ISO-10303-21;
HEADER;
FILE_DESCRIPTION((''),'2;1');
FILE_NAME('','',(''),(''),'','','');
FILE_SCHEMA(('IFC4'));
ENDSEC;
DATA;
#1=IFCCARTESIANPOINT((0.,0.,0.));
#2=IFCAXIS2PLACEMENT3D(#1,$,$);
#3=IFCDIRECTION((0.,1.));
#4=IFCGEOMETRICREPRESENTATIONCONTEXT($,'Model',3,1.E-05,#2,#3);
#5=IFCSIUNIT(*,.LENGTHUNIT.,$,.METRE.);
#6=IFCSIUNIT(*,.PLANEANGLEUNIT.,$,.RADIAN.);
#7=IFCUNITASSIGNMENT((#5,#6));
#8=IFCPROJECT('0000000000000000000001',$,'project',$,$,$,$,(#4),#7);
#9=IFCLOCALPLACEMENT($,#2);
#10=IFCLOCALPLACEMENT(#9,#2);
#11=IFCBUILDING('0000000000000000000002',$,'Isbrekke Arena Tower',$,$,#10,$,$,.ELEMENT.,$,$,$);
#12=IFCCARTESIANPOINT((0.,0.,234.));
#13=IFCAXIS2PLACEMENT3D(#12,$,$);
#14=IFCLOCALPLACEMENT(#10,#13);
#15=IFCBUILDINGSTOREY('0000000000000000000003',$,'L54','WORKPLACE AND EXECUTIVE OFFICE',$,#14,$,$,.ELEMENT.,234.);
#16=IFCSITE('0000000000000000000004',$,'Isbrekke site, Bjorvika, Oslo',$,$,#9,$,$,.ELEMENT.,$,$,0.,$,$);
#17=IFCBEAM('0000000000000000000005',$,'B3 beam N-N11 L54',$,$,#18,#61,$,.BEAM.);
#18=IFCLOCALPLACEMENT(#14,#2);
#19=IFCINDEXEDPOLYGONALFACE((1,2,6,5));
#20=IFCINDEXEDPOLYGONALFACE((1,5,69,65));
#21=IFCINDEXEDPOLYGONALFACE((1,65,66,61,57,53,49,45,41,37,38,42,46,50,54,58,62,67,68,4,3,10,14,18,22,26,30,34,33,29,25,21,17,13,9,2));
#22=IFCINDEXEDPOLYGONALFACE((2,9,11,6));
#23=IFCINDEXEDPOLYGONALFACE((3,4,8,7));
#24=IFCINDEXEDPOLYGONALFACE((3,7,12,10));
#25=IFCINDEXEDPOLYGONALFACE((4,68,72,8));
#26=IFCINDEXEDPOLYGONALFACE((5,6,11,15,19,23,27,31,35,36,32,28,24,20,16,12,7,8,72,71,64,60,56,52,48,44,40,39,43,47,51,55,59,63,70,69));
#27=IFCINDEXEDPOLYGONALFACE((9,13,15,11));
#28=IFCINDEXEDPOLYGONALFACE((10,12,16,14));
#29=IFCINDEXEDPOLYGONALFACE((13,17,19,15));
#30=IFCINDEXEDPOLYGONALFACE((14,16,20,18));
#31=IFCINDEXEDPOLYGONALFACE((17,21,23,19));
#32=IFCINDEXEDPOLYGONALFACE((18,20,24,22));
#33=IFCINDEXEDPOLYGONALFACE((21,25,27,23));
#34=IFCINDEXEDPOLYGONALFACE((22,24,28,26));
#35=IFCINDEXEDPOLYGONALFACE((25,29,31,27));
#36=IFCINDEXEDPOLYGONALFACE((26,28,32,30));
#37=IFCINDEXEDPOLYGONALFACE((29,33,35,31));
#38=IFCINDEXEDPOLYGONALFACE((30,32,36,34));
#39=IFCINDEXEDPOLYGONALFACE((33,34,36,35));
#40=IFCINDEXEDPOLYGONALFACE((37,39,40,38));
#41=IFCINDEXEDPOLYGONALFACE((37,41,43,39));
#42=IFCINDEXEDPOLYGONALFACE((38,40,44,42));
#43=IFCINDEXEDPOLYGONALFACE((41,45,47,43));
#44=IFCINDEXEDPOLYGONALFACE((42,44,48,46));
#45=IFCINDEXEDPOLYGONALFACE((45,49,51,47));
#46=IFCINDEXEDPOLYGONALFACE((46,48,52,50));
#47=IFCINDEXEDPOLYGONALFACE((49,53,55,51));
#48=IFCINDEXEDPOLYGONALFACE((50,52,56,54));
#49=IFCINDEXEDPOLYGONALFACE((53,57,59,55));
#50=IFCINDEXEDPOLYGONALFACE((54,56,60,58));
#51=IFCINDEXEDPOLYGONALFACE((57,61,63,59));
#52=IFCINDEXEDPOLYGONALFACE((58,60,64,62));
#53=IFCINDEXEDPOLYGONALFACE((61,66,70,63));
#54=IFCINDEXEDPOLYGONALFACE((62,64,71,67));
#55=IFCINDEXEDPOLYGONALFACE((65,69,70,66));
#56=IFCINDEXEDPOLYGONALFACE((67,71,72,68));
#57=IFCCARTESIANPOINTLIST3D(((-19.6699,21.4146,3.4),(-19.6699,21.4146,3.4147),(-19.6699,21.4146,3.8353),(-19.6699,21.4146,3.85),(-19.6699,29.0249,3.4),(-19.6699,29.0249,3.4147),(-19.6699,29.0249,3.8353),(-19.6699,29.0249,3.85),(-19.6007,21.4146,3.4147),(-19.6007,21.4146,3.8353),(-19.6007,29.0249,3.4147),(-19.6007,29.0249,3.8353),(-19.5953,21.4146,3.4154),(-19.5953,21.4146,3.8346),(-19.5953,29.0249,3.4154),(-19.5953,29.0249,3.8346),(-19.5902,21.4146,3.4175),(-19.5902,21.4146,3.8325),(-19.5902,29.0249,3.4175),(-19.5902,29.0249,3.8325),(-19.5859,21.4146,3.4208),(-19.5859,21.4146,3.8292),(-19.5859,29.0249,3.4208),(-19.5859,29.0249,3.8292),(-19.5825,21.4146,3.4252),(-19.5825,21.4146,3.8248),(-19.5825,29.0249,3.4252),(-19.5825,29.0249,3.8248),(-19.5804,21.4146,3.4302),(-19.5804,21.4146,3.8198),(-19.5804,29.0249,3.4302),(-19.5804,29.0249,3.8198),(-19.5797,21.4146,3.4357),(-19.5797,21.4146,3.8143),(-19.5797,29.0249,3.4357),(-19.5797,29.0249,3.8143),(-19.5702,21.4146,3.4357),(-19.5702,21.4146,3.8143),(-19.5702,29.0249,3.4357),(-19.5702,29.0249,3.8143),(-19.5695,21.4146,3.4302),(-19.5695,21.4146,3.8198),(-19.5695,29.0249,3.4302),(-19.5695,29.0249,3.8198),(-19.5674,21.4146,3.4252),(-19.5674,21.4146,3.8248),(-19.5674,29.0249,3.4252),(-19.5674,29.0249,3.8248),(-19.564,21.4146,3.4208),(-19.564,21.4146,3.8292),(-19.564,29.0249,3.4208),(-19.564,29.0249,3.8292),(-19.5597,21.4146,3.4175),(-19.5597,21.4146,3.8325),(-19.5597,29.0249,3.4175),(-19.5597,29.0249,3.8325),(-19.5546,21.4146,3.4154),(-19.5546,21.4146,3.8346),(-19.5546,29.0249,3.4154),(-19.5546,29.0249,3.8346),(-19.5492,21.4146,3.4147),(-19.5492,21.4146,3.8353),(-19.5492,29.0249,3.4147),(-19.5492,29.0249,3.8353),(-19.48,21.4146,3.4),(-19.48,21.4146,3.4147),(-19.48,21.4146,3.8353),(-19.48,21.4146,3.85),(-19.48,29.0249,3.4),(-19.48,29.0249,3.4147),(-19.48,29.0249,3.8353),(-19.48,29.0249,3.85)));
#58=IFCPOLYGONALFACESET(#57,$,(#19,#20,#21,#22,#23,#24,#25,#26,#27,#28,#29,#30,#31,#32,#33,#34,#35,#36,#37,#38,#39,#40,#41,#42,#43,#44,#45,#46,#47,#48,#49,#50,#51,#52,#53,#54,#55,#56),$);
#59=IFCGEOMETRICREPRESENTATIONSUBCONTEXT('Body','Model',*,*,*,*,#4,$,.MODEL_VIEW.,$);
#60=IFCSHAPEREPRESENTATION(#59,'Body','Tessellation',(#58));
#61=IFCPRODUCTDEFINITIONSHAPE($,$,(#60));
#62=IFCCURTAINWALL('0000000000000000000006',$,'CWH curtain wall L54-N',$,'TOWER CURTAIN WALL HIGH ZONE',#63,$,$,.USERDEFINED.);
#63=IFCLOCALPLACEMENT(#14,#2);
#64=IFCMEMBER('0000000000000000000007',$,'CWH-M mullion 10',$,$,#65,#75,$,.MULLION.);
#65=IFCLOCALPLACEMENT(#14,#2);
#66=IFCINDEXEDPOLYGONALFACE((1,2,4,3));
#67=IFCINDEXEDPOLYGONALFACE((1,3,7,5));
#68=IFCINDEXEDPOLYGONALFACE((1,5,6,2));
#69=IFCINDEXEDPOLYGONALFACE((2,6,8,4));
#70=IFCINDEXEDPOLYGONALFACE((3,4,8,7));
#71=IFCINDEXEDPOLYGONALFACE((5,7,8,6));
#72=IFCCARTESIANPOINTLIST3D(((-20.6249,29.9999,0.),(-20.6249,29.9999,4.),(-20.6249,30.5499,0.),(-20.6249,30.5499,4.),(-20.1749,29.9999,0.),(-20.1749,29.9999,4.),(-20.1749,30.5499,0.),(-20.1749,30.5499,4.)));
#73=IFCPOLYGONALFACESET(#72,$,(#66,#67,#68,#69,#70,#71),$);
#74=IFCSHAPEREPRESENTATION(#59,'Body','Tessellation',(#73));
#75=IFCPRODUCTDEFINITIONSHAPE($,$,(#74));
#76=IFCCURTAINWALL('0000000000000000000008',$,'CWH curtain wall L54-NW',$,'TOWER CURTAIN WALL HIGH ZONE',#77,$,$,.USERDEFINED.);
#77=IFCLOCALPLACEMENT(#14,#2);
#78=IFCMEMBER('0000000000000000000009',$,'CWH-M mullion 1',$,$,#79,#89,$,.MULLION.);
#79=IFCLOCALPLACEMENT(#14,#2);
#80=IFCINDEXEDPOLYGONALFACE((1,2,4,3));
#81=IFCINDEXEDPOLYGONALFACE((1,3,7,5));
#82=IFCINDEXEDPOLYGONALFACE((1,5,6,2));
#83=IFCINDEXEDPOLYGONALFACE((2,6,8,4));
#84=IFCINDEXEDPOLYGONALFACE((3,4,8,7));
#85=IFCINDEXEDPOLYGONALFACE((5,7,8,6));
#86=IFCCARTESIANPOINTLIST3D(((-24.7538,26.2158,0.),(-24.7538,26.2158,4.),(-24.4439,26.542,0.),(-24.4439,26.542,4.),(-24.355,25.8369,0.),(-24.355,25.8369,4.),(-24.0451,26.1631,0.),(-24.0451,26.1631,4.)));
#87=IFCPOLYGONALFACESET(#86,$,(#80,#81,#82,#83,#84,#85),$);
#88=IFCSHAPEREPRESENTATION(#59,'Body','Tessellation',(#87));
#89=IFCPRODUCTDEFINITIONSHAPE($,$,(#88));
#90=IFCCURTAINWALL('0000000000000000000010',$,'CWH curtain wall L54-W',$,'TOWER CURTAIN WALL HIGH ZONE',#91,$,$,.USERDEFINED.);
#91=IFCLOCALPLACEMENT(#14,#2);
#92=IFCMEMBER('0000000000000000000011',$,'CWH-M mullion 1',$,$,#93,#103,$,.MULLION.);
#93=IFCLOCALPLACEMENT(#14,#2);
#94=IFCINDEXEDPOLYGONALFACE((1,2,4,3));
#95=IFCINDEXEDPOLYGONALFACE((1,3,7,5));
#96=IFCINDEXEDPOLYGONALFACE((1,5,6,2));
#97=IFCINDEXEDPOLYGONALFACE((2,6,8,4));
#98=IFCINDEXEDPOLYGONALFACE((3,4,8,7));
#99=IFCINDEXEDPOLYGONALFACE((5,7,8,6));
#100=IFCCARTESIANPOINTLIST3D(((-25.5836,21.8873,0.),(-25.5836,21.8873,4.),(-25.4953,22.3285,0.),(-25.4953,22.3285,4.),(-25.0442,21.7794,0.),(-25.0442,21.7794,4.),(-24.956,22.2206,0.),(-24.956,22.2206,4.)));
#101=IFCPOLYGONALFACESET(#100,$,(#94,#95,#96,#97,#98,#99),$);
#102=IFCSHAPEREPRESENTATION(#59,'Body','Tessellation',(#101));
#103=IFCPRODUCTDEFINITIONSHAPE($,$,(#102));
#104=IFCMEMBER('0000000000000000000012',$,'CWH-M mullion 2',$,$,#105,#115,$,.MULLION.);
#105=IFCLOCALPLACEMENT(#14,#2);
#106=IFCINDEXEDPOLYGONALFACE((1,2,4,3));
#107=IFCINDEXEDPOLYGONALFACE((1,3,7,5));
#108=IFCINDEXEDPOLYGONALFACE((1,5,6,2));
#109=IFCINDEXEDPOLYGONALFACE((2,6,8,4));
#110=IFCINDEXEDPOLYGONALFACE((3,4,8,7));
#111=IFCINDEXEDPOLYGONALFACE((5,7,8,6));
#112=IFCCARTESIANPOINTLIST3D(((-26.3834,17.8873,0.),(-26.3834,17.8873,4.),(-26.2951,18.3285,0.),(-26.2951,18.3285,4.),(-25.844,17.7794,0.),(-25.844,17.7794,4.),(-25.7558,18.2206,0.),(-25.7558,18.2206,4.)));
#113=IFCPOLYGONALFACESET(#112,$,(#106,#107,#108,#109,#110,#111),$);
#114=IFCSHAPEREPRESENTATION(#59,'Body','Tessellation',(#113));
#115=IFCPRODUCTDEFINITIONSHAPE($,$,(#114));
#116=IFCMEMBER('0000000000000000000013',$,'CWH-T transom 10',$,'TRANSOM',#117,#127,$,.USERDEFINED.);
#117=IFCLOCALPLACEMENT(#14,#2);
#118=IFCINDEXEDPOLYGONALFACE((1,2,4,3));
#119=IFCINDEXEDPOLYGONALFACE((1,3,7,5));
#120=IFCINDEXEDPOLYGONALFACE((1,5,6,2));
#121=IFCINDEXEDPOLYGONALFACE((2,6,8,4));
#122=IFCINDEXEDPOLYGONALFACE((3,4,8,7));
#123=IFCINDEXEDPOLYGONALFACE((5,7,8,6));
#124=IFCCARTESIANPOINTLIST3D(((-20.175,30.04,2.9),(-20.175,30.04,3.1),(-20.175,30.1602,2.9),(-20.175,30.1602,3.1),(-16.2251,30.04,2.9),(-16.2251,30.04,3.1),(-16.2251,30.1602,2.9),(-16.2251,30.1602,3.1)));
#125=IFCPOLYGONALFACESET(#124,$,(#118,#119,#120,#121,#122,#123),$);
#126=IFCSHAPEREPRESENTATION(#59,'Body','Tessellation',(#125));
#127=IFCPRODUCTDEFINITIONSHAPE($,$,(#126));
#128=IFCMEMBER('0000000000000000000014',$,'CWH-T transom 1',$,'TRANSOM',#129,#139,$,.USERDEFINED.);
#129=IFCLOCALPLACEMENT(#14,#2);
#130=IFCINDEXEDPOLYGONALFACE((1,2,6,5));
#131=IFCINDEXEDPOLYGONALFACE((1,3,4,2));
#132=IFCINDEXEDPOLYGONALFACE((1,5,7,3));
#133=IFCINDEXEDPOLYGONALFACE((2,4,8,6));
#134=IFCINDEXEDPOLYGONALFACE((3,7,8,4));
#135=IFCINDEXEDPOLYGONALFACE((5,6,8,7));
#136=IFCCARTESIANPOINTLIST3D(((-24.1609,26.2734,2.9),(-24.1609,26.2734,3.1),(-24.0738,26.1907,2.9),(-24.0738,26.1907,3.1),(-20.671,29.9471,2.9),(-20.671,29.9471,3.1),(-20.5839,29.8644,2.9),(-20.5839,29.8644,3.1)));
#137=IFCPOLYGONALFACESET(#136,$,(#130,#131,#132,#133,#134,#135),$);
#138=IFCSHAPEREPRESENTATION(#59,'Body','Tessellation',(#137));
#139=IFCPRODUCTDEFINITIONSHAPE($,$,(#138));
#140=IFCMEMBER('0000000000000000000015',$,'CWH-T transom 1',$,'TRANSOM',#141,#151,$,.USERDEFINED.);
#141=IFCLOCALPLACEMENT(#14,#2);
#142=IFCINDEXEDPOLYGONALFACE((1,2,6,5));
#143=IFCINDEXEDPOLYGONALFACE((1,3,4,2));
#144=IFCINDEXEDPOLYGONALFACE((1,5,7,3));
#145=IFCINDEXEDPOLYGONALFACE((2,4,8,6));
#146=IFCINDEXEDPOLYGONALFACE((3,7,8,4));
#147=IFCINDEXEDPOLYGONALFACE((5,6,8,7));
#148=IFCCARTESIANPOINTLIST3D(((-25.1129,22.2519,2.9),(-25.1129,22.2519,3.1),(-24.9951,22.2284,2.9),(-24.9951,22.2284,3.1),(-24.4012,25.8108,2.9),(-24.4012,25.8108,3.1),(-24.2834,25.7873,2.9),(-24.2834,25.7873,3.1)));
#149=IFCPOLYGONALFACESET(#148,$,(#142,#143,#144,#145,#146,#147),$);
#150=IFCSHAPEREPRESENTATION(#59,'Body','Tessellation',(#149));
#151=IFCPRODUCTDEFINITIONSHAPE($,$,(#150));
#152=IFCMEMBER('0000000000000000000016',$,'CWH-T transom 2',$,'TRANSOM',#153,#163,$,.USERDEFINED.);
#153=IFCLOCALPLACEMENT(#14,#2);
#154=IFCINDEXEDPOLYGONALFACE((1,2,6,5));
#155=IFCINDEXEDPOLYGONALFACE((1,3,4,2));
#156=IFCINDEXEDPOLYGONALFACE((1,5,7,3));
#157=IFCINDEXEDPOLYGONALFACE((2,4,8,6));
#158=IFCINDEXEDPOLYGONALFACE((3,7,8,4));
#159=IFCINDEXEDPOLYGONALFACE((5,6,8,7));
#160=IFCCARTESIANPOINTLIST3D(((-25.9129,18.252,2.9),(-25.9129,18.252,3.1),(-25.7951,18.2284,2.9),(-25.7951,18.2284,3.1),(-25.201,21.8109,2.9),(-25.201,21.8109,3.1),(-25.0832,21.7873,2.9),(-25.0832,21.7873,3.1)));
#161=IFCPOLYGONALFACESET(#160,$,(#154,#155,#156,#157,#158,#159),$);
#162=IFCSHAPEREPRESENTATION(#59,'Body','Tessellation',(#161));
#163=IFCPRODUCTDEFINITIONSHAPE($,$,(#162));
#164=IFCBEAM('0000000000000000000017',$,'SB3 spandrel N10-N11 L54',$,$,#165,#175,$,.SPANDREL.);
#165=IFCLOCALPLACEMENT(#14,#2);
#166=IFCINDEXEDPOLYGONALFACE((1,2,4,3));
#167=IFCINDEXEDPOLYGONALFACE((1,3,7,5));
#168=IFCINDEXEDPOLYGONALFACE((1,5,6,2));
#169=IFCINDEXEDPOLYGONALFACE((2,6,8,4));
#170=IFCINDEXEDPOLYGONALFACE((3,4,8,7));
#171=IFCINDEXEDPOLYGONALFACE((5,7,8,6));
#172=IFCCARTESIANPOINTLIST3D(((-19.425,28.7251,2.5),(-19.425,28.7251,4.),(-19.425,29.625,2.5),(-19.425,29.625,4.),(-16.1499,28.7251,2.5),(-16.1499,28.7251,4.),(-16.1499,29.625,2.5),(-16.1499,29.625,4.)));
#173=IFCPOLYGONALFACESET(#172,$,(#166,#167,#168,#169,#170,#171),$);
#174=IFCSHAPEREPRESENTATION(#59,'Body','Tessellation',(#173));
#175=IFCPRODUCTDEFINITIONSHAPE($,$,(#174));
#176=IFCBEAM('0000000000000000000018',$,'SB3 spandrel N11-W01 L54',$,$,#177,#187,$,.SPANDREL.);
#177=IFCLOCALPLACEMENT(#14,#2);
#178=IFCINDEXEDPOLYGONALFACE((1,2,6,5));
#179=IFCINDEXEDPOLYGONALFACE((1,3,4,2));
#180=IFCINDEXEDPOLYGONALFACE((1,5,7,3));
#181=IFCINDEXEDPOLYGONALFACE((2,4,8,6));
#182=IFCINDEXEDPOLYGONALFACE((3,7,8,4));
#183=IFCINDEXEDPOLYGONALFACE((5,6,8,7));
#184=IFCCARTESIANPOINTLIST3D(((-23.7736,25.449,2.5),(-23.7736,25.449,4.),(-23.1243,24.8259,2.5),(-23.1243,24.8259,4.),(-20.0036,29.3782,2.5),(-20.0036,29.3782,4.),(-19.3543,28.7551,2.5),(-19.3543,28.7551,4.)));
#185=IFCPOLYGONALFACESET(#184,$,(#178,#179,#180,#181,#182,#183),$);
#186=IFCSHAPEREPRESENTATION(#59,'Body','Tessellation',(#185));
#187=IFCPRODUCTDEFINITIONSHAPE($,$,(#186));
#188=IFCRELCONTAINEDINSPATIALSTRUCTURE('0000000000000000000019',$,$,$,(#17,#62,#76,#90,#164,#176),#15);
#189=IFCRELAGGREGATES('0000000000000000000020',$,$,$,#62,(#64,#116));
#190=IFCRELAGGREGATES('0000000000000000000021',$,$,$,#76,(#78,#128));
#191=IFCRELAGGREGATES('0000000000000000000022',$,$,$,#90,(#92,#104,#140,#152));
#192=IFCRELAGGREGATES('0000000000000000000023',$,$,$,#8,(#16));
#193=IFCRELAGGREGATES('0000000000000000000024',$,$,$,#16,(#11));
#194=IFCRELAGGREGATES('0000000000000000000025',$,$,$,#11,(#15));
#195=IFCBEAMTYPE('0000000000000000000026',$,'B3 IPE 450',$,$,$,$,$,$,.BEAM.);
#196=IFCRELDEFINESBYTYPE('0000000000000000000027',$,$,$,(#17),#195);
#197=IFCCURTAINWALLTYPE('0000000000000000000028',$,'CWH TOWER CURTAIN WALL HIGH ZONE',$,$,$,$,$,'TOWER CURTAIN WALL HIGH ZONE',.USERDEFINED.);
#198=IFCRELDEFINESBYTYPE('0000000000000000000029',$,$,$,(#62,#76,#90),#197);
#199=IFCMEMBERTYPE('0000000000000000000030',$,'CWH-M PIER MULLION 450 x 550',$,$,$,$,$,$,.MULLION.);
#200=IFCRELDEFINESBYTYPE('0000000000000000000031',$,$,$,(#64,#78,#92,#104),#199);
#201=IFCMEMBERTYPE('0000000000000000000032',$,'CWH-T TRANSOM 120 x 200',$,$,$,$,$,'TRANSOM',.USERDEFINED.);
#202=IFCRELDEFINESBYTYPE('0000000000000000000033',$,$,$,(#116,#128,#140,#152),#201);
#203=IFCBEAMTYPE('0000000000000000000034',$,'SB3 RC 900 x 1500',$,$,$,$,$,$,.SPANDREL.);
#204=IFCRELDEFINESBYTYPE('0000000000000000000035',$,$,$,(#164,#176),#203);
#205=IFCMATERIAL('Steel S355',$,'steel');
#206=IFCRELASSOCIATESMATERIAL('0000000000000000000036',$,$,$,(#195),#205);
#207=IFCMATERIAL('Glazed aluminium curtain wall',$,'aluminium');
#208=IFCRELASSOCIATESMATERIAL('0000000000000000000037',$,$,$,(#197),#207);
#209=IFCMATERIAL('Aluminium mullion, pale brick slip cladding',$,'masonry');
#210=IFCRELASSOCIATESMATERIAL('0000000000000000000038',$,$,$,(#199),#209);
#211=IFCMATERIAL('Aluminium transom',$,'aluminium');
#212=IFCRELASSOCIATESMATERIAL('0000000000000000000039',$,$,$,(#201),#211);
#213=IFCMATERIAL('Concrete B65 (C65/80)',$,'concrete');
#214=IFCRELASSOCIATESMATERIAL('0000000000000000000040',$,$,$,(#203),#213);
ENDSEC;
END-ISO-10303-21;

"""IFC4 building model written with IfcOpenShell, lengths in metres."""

from ifc_helpers import new_model, si_unit, direction, frame, origin, origin_2d, place, context, subcontext, project, spatial, rectangle, i_section, extrude, material, material_profile, profile_set, type_object, element, aggregate, save


model = new_model("IFC4")

# Units and contexts
model_context = context("Model", 3, precision=1e-05, world=origin(), true_north=direction((0.0, 1.0)))
body_context = subcontext(model_context, "Body", "Model", "MODEL_VIEW")
ifc_project = project(units=[si_unit("LENGTHUNIT", "METRE"), si_unit("PLANEANGLEUNIT", "RADIAN")], contexts=[model_context])

# Site, building, storey
site_placement = place(None, origin())
site = spatial("IfcSite", under=ifc_project, at=site_placement, Name="Isbrekke site, Bjorvika, Oslo", CompositionType="ELEMENT", RefElevation=0.0)
building_placement = place(site_placement, origin())
building = spatial("IfcBuilding", under=site, at=building_placement, Name="Isbrekke Arena Tower", CompositionType="ELEMENT")
storey_placement = place(building_placement, frame((0.0, 0.0, 234.0)))
storey = spatial("IfcBuildingStorey", under=building, at=storey_placement, Name="L54", Description="WORKPLACE AND EXECUTIVE OFFICE", CompositionType="ELEMENT", Elevation=234.0)

# Beam
ifc_material_1 = material(Name="Steel S355", Category="steel")
ifc_material_profile_1 = material_profile(ifc_material_1, i_section(OverallWidth=0.1899, OverallDepth=0.45, WebThickness=0.0095, FlangeThickness=0.0146, FilletRadius=0.021, at=origin_2d()), Name="IPE 450")
ifc_profile_set_1 = profile_set([ifc_material_profile_1], Name="Steel S355")
beam_type_1 = type_object("IfcBeamType", Name="B3 IPE 450", PredefinedType="BEAM", material=ifc_profile_set_1)
beam_1_placement = place(storey_placement, frame((-19.575, 29.0249, 3.625), z_axis=(0.0, -1.0, 0.0), x_axis=(1.0, 0.0, 0.0)))
element("IfcBeam", 1, at=beam_1_placement, inside=storey, type_object=beam_type_1, Name="B3 beam N-N11 L54", PredefinedType="BEAM", context=body_context, shape_type="SweptSolid", body=[
    extrude(i_section(OverallWidth=0.1899, OverallDepth=0.45, WebThickness=0.0095, FlangeThickness=0.0146, FilletRadius=0.021, at=origin_2d()), origin(), (0.0, 0.0, 1.0), 7.6104),
])

# Curtain walls, members
ifc_material_2 = material(Name="Glazed aluminium curtain wall", Category="aluminium")
curtain_wall_type = type_object("IfcCurtainWallType", Name="CWH TOWER CURTAIN WALL HIGH ZONE", ElementType="TOWER CURTAIN WALL HIGH ZONE", PredefinedType="USERDEFINED", material=ifc_material_2)
curtain_wall_1_placement = place(storey_placement, origin())
curtain_wall_1 = element("IfcCurtainWall", 2, at=curtain_wall_1_placement, inside=storey, type_object=curtain_wall_type, Name="CWH curtain wall L54-N", ObjectType="TOWER CURTAIN WALL HIGH ZONE", PredefinedType="USERDEFINED")
ifc_material_3 = material(Name="Aluminium mullion, pale brick slip cladding", Category="masonry")
ifc_material_profile_2 = material_profile(ifc_material_3, rectangle(XDim=0.45, YDim=0.55, at=origin_2d()), Name="PIER 450X550")
ifc_profile_set_2 = profile_set([ifc_material_profile_2], Name="Aluminium mullion, pale brick slip cladding")
member_type_1 = type_object("IfcMemberType", Name="CWH-M PIER MULLION 450 x 550", PredefinedType="MULLION", material=ifc_profile_set_2)
member_1_placement = place(storey_placement, frame((-20.3999, 30.2749, 0.0), z_axis=(0.0, 0.0, 1.0), x_axis=(-1.0, 0.0, 0.0)))
member_1 = element("IfcMember", 3, at=member_1_placement, type_object=member_type_1, Name="CWH-M mullion 10", PredefinedType="MULLION", context=body_context, shape_type="SweptSolid", body=[
    extrude(rectangle(XDim=0.45, YDim=0.55, at=origin_2d()), origin(), (0.0, 0.0, 1.0), 4.0),
])
curtain_wall_2_placement = place(storey_placement, origin())
curtain_wall_2 = element("IfcCurtainWall", 4, at=curtain_wall_2_placement, inside=storey, type_object=curtain_wall_type, Name="CWH curtain wall L54-NW", ObjectType="TOWER CURTAIN WALL HIGH ZONE", PredefinedType="USERDEFINED")
member_2_placement = place(storey_placement, frame((-24.3994, 26.1895, 0.0), z_axis=(0.0, 0.0, 1.0), x_axis=(-0.688749, -0.724999, 0.0)))
member_2 = element("IfcMember", 5, at=member_2_placement, type_object=member_type_1, Name="CWH-M mullion 1", PredefinedType="MULLION", context=body_context, shape_type="SweptSolid", body=[
    extrude(rectangle(XDim=0.45, YDim=0.55, at=origin_2d()), origin(), (0.0, 0.0, 1.0), 4.0),
])

# Curtain wall, members
curtain_wall_3_placement = place(storey_placement, origin())
curtain_wall_3 = element("IfcCurtainWall", 6, at=curtain_wall_3_placement, inside=storey, type_object=curtain_wall_type, Name="CWH curtain wall L54-W", ObjectType="TOWER CURTAIN WALL HIGH ZONE", PredefinedType="USERDEFINED")
member_3_placement = place(storey_placement, frame((-25.2698, 22.054, 0.0), z_axis=(0.0, 0.0, 1.0), x_axis=(-0.196116, -0.980581, 0.0)))
member_3 = element("IfcMember", 7, at=member_3_placement, type_object=member_type_1, Name="CWH-M mullion 1", PredefinedType="MULLION", context=body_context, shape_type="SweptSolid", body=[
    extrude(rectangle(XDim=0.45, YDim=0.55, at=origin_2d()), origin(), (0.0, 0.0, 1.0), 4.0),
])
member_4_placement = place(storey_placement, frame((-26.0696, 18.054, 0.0), z_axis=(0.0, 0.0, 1.0), x_axis=(-0.196116, -0.980581, 0.0)))
member_4 = element("IfcMember", 8, at=member_4_placement, type_object=member_type_1, Name="CWH-M mullion 2", PredefinedType="MULLION", context=body_context, shape_type="SweptSolid", body=[
    extrude(rectangle(XDim=0.45, YDim=0.55, at=origin_2d()), origin(), (0.0, 0.0, 1.0), 4.0),
])

# Members
ifc_material_4 = material(Name="Aluminium transom", Category="aluminium")
ifc_material_profile_3 = material_profile(ifc_material_4, rectangle(XDim=0.1201, YDim=0.2, at=origin_2d()), Name="TRANSOM 120X200")
ifc_profile_set_3 = profile_set([ifc_material_profile_3], Name="Aluminium transom")
member_type_2 = type_object("IfcMemberType", Name="CWH-T TRANSOM 120 x 200", ElementType="TRANSOM", PredefinedType="USERDEFINED", material=ifc_profile_set_3)
member_5_placement = place(storey_placement, frame((-16.2251, 30.1001, 3.0), z_axis=(-1.0, 0.0, 0.0), x_axis=(0.0, -1.0, 0.0)))
member_5 = element("IfcMember", 9, at=member_5_placement, type_object=member_type_2, Name="CWH-T transom 10", ObjectType="TRANSOM", PredefinedType="USERDEFINED", context=body_context, shape_type="SweptSolid", body=[
    extrude(rectangle(XDim=0.1201, YDim=0.2, at=origin_2d()), origin(), (0.0, 0.0, 1.0), 3.95),
])
member_6_placement = place(storey_placement, frame((-20.6274, 29.9058, 3.0), z_axis=(-0.688734, -0.725014, 0.0), x_axis=(0.725014, -0.688734, 0.0)))
member_6 = element("IfcMember", 10, at=member_6_placement, type_object=member_type_2, Name="CWH-T transom 1", ObjectType="TRANSOM", PredefinedType="USERDEFINED", context=body_context, shape_type="SweptSolid", body=[
    extrude(rectangle(XDim=0.1201, YDim=0.2, at=origin_2d()), origin(), (0.0, 0.0, 1.0), 5.0671),
])
member_7_placement = place(storey_placement, frame((-24.3423, 25.7991, 3.0), z_axis=(-0.19609, -0.980586, 0.0), x_axis=(0.980586, -0.19609, 0.0)))
member_7 = element("IfcMember", 11, at=member_7_placement, type_object=member_type_2, Name="CWH-T transom 1", ObjectType="TRANSOM", PredefinedType="USERDEFINED", context=body_context, shape_type="SweptSolid", body=[
    extrude(rectangle(XDim=0.1201, YDim=0.2, at=origin_2d()), origin(), (0.0, 0.0, 1.0), 3.6294),
])
member_8_placement = place(storey_placement, frame((-25.1421, 21.7991, 3.0), z_axis=(-0.196155, -0.980573, 0.0), x_axis=(0.980573, -0.196155, 0.0)))
member_8 = element("IfcMember", 12, at=member_8_placement, type_object=member_type_2, Name="CWH-T transom 2", ObjectType="TRANSOM", PredefinedType="USERDEFINED", context=body_context, shape_type="SweptSolid", body=[
    extrude(rectangle(XDim=0.1201, YDim=0.2, at=origin_2d()), origin(), (0.0, 0.0, 1.0), 3.6294),
])

# Beams
ifc_material_5 = material(Name="Concrete B65 (C65/80)", Category="concrete")
ifc_material_profile_4 = material_profile(ifc_material_5, rectangle(XDim=0.8999, YDim=1.5, at=origin_2d()), Name="RC 900x1500")
ifc_profile_set_4 = profile_set([ifc_material_profile_4], Name="Concrete B65 (C65/80)")
beam_type_2 = type_object("IfcBeamType", Name="SB3 RC 900 x 1500", PredefinedType="SPANDREL", material=ifc_profile_set_4)
beam_2_placement = place(storey_placement, frame((-16.1499, 29.175, 3.25), z_axis=(-1.0, 0.0, 0.0), x_axis=(0.0, -1.0, 0.0)))
element("IfcBeam", 13, at=beam_2_placement, inside=storey, type_object=beam_type_2, Name="SB3 spandrel N10-N11 L54", PredefinedType="SPANDREL", context=body_context, shape_type="SweptSolid", body=[
    extrude(rectangle(XDim=0.8999, YDim=1.5, at=origin_2d()), origin(), (0.0, 0.0, 1.0), 3.2751),
])
beam_3_placement = place(storey_placement, frame((-19.679, 29.0667, 3.25), z_axis=(-0.69234, -0.721572, 0.0), x_axis=(0.721572, -0.69234, 0.0)))
element("IfcBeam", 14, at=beam_3_placement, inside=storey, type_object=beam_type_2, Name="SB3 spandrel N11-W01 L54", PredefinedType="SPANDREL", context=body_context, shape_type="SweptSolid", body=[
    extrude(rectangle(XDim=0.8999, YDim=1.5, at=origin_2d()), origin(), (0.0, 0.0, 1.0), 5.4453),
])

aggregate(curtain_wall_1, [member_1, member_5])
aggregate(curtain_wall_2, [member_2, member_6])
aggregate(curtain_wall_3, [member_3, member_4, member_7, member_8])

save(model, "model.ifc")
